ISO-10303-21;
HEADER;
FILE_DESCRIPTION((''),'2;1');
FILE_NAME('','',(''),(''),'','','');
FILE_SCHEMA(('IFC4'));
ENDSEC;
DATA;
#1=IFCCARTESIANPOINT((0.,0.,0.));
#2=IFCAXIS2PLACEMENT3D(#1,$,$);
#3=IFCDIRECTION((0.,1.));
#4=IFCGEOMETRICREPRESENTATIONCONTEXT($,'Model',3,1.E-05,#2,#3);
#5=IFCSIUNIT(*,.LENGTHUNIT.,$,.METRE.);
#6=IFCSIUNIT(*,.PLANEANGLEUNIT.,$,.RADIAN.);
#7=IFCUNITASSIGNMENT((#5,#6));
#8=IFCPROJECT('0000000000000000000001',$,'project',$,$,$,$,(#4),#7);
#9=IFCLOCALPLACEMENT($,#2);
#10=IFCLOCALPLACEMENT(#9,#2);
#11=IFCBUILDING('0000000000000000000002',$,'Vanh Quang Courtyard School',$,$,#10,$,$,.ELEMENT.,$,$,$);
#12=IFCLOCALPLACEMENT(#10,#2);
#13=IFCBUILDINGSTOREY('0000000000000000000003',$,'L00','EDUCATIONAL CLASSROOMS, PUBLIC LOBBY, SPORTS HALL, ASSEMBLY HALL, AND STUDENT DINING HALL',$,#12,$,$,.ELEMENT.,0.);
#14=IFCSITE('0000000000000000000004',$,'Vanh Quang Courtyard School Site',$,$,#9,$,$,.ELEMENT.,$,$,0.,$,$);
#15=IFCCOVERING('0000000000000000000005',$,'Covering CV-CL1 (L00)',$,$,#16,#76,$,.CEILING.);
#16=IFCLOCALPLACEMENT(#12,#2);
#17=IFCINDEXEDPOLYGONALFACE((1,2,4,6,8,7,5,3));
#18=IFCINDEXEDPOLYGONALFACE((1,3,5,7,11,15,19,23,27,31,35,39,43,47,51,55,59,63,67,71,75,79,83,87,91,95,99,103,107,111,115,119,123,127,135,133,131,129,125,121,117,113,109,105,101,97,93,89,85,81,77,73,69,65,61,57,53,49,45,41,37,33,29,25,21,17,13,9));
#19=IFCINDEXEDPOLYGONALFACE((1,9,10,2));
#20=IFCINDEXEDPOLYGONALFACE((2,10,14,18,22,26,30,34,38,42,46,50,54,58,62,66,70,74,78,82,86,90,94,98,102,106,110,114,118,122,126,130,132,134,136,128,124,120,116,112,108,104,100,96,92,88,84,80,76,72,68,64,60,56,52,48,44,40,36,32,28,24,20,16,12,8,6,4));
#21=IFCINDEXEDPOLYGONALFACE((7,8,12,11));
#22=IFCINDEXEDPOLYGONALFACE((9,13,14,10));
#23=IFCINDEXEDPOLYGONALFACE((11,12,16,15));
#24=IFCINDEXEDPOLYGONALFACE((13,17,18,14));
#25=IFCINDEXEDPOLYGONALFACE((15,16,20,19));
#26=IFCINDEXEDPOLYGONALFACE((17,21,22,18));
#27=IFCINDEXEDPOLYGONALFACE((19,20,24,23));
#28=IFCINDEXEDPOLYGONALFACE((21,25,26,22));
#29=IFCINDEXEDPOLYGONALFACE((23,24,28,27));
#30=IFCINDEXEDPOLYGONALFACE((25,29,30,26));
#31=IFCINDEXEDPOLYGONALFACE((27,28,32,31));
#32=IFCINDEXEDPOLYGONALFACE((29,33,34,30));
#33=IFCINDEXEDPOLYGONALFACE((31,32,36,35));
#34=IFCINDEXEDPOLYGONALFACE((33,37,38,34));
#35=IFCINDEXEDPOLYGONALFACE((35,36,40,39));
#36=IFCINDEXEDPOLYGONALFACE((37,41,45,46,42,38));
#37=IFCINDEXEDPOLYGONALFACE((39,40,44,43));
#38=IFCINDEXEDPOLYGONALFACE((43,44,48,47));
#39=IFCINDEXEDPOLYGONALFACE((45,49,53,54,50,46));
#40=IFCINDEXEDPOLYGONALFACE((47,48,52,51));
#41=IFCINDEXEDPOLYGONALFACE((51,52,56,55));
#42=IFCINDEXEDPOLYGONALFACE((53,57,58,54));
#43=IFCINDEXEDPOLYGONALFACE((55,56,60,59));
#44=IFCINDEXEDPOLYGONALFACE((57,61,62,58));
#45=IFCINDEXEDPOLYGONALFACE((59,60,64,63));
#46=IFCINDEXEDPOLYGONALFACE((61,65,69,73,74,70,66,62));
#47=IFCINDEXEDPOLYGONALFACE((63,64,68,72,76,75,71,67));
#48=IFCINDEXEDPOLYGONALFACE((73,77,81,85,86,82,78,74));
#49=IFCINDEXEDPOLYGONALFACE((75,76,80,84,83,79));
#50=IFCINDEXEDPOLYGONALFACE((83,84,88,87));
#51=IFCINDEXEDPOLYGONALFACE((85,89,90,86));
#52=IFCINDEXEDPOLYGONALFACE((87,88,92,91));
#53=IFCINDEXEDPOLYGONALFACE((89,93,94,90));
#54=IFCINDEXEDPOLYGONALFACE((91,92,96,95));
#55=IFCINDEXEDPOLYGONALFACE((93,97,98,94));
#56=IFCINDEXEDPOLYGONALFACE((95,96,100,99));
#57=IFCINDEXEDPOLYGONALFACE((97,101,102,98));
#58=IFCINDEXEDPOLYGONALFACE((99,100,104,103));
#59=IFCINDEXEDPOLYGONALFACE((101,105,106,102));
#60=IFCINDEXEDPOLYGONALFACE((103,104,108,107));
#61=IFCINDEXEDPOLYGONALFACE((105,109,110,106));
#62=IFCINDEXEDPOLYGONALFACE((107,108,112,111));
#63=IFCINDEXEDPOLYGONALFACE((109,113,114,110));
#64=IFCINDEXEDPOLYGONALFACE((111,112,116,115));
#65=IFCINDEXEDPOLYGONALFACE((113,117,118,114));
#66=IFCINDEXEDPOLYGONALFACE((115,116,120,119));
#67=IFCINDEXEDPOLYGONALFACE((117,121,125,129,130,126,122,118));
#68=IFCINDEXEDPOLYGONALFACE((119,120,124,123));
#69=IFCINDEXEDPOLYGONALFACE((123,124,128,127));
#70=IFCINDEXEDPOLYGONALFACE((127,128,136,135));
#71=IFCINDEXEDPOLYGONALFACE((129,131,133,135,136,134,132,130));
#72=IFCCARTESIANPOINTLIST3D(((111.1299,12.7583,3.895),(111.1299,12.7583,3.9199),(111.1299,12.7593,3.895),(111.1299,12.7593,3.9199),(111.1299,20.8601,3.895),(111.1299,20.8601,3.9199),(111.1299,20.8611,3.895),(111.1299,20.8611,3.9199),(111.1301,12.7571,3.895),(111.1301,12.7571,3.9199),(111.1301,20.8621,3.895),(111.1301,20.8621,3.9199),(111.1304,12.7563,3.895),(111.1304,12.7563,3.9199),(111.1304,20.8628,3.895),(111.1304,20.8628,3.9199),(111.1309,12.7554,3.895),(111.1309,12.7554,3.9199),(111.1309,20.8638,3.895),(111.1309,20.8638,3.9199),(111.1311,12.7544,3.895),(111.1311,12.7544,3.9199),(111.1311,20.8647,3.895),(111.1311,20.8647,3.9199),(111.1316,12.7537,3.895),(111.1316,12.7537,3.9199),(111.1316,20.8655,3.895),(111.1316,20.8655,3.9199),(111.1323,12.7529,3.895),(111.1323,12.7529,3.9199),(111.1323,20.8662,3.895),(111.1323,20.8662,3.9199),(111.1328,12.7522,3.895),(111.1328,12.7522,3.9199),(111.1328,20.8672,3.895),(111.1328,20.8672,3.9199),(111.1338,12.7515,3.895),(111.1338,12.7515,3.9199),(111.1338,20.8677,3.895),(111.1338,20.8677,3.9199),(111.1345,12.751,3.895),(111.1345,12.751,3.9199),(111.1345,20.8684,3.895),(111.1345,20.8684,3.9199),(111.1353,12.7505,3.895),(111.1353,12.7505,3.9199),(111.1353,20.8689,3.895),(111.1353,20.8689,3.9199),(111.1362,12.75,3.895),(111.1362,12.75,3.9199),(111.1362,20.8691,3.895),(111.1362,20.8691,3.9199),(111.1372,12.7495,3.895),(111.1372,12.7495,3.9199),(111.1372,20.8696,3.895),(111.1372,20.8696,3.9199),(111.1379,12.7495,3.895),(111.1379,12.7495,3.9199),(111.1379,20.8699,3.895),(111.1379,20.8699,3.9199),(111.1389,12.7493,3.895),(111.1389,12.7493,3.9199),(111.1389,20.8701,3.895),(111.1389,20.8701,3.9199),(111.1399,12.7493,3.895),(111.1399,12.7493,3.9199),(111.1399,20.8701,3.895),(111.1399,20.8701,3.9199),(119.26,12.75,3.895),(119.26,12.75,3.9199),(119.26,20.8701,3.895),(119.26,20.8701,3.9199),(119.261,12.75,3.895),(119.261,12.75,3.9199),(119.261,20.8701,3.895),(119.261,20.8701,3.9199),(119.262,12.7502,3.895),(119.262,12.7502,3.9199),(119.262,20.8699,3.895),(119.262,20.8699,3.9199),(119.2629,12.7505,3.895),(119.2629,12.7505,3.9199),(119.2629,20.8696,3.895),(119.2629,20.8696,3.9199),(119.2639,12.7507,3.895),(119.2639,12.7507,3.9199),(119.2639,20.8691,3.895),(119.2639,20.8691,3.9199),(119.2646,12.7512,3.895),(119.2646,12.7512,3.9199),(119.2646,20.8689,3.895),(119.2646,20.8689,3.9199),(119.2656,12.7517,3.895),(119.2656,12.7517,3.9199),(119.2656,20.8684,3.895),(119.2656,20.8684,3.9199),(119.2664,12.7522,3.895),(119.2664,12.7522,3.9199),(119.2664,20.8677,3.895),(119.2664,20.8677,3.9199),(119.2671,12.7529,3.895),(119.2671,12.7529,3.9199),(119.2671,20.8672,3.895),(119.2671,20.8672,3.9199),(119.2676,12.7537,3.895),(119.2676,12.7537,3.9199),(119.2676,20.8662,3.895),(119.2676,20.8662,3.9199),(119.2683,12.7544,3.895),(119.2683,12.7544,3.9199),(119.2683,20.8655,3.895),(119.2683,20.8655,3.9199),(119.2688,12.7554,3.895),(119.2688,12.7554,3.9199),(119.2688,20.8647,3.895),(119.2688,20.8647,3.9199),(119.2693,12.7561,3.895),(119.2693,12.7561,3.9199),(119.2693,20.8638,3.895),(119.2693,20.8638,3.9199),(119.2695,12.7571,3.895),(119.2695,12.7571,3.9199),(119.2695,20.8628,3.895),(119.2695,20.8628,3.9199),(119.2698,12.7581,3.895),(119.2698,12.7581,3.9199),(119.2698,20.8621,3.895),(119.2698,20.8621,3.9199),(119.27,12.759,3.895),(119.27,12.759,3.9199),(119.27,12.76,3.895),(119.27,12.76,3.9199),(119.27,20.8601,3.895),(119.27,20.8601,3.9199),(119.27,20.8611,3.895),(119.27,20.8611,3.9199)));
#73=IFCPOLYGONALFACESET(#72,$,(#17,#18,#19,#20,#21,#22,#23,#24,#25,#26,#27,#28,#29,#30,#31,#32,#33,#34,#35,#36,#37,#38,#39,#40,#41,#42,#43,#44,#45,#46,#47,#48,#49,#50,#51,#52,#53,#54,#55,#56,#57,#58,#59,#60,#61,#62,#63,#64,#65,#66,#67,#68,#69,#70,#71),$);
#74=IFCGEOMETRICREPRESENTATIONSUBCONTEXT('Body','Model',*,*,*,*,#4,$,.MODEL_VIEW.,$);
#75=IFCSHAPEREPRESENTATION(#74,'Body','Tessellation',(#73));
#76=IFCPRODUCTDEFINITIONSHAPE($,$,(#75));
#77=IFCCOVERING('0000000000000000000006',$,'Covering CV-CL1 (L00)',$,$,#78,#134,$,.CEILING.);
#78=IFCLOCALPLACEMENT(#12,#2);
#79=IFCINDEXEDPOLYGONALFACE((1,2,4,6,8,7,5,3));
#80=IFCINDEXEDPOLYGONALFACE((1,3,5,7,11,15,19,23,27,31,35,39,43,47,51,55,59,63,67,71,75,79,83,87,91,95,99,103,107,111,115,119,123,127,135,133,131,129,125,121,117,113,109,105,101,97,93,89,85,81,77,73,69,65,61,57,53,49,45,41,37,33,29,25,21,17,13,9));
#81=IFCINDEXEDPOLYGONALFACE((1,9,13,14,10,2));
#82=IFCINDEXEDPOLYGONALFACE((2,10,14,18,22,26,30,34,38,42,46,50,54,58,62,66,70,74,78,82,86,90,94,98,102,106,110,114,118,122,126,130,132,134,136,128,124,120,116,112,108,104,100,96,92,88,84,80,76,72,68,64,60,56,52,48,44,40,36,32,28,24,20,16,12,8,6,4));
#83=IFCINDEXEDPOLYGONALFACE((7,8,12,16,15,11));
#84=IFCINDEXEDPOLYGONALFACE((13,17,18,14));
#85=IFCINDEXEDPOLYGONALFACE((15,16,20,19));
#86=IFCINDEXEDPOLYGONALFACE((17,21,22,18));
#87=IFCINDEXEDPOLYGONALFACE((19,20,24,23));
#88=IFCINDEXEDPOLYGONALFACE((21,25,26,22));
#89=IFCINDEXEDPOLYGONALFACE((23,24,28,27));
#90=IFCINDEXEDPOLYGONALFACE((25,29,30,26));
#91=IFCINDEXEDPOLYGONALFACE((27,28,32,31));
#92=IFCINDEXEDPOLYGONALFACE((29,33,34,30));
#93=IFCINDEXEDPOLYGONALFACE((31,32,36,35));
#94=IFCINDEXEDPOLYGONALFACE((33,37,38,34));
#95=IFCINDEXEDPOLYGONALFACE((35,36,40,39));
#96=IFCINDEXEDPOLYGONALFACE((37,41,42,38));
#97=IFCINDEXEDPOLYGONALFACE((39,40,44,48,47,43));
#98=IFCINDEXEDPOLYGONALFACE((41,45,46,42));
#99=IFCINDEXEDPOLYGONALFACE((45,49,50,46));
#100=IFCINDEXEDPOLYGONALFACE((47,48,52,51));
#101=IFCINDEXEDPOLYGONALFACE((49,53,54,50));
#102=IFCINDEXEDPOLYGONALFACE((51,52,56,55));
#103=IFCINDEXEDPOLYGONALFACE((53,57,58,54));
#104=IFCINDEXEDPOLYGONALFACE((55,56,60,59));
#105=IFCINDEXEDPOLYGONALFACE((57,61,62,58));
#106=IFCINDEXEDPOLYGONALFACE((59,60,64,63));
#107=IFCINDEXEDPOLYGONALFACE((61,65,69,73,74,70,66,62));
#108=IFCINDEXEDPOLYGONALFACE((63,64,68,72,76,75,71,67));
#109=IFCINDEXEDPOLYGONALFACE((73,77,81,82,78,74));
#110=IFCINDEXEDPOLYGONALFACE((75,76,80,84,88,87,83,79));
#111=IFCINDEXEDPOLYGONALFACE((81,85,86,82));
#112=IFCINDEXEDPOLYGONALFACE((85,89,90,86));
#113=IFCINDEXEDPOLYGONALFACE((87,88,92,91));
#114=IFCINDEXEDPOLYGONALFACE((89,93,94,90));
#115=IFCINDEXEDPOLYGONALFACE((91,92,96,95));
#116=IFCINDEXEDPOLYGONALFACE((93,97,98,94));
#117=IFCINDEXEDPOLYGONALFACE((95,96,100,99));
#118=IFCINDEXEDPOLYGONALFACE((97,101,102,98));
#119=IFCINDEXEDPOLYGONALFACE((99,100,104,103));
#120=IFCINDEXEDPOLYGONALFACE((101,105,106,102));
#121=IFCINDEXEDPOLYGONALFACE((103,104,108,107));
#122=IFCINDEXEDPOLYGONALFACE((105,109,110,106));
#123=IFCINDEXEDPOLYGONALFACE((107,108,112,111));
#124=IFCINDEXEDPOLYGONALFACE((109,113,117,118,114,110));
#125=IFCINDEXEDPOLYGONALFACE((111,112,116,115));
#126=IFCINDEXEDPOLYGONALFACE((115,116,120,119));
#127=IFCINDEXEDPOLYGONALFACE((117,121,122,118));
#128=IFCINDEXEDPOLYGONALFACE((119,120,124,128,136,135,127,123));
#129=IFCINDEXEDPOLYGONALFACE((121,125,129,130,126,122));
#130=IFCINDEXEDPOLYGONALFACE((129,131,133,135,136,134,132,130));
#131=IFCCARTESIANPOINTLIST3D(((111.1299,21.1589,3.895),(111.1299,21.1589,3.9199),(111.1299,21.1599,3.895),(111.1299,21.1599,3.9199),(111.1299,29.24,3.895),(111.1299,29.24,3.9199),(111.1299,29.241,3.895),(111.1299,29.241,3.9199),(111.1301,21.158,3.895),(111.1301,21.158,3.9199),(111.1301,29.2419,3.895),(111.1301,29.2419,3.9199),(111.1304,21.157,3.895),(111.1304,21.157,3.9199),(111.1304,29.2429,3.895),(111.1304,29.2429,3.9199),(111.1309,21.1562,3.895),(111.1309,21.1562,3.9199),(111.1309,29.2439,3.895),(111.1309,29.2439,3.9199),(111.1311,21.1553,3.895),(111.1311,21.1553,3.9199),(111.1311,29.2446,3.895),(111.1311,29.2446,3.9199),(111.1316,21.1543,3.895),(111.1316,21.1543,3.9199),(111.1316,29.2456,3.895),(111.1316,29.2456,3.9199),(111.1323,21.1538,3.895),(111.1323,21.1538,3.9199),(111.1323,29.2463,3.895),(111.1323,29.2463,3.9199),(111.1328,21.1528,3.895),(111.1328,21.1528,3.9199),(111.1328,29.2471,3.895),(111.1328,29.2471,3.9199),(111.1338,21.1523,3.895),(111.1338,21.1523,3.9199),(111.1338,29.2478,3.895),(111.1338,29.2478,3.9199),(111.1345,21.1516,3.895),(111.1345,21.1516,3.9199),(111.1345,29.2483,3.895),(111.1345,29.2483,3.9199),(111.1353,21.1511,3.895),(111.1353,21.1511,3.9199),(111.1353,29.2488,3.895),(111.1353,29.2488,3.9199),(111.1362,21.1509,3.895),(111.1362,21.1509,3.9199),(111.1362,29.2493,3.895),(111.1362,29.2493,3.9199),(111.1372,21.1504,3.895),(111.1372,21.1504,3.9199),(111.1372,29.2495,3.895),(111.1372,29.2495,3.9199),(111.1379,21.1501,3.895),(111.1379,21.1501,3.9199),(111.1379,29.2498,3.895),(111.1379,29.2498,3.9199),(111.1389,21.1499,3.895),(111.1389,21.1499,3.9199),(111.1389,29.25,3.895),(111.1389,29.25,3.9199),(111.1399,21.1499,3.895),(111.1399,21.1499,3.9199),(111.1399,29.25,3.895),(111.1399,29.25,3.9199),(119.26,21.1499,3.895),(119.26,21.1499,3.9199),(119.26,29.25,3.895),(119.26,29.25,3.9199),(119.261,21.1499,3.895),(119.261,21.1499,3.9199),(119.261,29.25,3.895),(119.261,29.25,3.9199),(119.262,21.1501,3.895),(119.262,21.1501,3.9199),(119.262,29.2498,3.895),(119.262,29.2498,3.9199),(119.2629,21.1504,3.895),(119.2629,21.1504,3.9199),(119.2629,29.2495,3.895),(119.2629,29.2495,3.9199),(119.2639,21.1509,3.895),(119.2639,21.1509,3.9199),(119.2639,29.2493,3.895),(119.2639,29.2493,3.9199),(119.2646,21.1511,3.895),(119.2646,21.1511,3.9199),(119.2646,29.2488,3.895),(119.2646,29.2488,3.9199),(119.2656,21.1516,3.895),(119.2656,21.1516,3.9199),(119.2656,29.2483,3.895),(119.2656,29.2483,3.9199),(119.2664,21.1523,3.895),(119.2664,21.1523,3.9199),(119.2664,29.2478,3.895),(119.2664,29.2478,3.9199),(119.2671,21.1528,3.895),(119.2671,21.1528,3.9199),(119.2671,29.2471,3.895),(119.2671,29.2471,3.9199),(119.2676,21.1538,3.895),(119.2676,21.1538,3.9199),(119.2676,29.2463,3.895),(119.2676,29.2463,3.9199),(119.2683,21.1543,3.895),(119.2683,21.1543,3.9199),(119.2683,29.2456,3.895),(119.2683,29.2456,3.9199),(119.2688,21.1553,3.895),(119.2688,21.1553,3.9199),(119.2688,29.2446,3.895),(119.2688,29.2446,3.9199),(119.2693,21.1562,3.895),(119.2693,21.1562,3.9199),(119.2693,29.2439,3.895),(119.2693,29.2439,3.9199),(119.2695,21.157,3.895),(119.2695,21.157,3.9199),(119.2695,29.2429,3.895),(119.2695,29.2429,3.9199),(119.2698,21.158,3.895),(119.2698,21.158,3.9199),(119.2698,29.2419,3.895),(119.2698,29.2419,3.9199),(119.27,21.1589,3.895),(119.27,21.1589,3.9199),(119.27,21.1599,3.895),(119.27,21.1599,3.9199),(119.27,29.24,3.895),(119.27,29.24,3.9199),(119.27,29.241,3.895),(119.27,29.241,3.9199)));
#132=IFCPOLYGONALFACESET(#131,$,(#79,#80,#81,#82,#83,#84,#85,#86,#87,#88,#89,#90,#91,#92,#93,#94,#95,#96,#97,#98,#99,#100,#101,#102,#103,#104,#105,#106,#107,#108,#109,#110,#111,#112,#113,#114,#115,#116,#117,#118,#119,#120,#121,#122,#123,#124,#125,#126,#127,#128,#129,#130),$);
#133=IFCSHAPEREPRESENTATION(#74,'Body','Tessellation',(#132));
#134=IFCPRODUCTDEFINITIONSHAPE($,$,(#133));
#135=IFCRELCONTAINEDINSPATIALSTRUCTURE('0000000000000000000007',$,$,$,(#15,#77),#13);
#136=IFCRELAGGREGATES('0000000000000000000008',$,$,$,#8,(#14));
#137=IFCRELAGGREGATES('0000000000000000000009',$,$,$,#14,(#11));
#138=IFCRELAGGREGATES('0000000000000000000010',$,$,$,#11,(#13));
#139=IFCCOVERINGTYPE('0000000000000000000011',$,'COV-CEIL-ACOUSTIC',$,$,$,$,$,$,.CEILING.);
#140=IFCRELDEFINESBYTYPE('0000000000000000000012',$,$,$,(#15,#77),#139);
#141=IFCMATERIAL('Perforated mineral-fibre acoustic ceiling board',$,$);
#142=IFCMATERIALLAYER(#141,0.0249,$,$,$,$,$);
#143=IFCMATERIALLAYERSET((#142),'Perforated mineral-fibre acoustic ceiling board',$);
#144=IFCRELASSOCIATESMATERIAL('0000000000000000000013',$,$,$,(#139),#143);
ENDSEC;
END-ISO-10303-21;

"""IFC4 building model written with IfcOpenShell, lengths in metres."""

from ifc_helpers import new_model, si_unit, direction, frame, origin, place, context, subcontext, project, spatial, polyline, outline, extrude, material, layer, layer_set, type_object, element, save


model = new_model("IFC4")

# Units and contexts
model_context = context("Model", 3, precision=1e-05, world=origin(), true_north=direction((0.0, 1.0)))
body_context = subcontext(model_context, "Body", "Model", "MODEL_VIEW")
ifc_project = project(units=[si_unit("LENGTHUNIT", "METRE"), si_unit("PLANEANGLEUNIT", "RADIAN")], contexts=[model_context])

# Site, building, storey
site_placement = place(None, origin())
site = spatial("IfcSite", under=ifc_project, at=site_placement, Name="Vanh Quang Courtyard School Site", CompositionType="ELEMENT", RefElevation=0.0)
building_placement = place(site_placement, origin())
building = spatial("IfcBuilding", under=site, at=building_placement, Name="Vanh Quang Courtyard School", CompositionType="ELEMENT")
storey_placement = place(building_placement, origin())
storey = spatial("IfcBuildingStorey", under=building, at=storey_placement, Name="L00", Description="EDUCATIONAL CLASSROOMS, PUBLIC LOBBY, SPORTS HALL, ASSEMBLY HALL, AND STUDENT DINING HALL", CompositionType="ELEMENT", Elevation=0.0)

# Coverings
ifc_material_1 = material(Name="Perforated mineral-fibre acoustic ceiling board")
ifc_layer_1 = layer(ifc_material_1, 0.0249)
ifc_layer_set_1 = layer_set([ifc_layer_1], Name="Perforated mineral-fibre acoustic ceiling board")
covering_type = type_object("IfcCoveringType", Name="COV-CEIL-ACOUSTIC", PredefinedType="CEILING", material=ifc_layer_set_1)
covering_1_placement = place(storey_placement, frame((0.0, 0.0, 3.895)))
element("IfcCovering", 1, at=covering_1_placement, inside=storey, type_object=covering_type, Name="Covering CV-CL1 (L00)", PredefinedType="CEILING", context=body_context, shape_type="SweptSolid", body=[
    extrude(outline(polyline([(111.1399, 12.7493), (111.1389, 12.7493), (111.1379, 12.7495), (111.1372, 12.7495), (111.1362, 12.75), (111.1353, 12.7505), (111.1345, 12.751), (111.1338, 12.7515), (111.1328, 12.7522), (111.1323, 12.7529), (111.1316, 12.7537), (111.1311, 12.7544), (111.1309, 12.7554), (111.1304, 12.7563), (111.1301, 12.7571), (111.1299, 12.7583), (111.1299, 12.7593), (111.1299, 20.8601), (111.1299, 20.8611), (111.1301, 20.8621), (111.1304, 20.8628), (111.1309, 20.8638), (111.1311, 20.8647), (111.1316, 20.8655), (111.1323, 20.8662), (111.1328, 20.8672), (111.1338, 20.8677), (111.1345, 20.8684), (111.1353, 20.8689), (111.1362, 20.8691), (111.1372, 20.8696), (111.1379, 20.8699), (111.1389, 20.8701), (111.1399, 20.8701), (119.26, 20.8701), (119.261, 20.8701), (119.262, 20.8699), (119.2629, 20.8696), (119.2639, 20.8691), (119.2646, 20.8689), (119.2656, 20.8684), (119.2664, 20.8677), (119.2671, 20.8672), (119.2676, 20.8662), (119.2683, 20.8655), (119.2688, 20.8647), (119.2693, 20.8638), (119.2695, 20.8628), (119.2698, 20.8621), (119.27, 20.8611), (119.27, 20.8601), (119.27, 12.76), (119.27, 12.759), (119.2698, 12.7581), (119.2695, 12.7571), (119.2693, 12.7561), (119.2688, 12.7554), (119.2683, 12.7544), (119.2676, 12.7537), (119.2671, 12.7529), (119.2664, 12.7522), (119.2656, 12.7517), (119.2646, 12.7512), (119.2639, 12.7507), (119.2629, 12.7505), (119.262, 12.7502), (119.261, 12.75), (119.26, 12.75), (111.1399, 12.7493)])), origin(), (0.0, 0.0, 1.0), 0.0249),
])
covering_2_placement = place(storey_placement, frame((0.0, 0.0, 3.895)))
element("IfcCovering", 2, at=covering_2_placement, inside=storey, type_object=covering_type, Name="Covering CV-CL1 (L00)", PredefinedType="CEILING", context=body_context, shape_type="SweptSolid", body=[
    extrude(outline(polyline([(111.1399, 21.1499), (111.1389, 21.1499), (111.1379, 21.1501), (111.1372, 21.1504), (111.1362, 21.1509), (111.1353, 21.1511), (111.1345, 21.1516), (111.1338, 21.1523), (111.1328, 21.1528), (111.1323, 21.1538), (111.1316, 21.1543), (111.1311, 21.1553), (111.1309, 21.1562), (111.1304, 21.157), (111.1301, 21.158), (111.1299, 21.1589), (111.1299, 21.1599), (111.1299, 29.24), (111.1299, 29.241), (111.1301, 29.2419), (111.1304, 29.2429), (111.1309, 29.2439), (111.1311, 29.2446), (111.1316, 29.2456), (111.1323, 29.2463), (111.1328, 29.2471), (111.1338, 29.2478), (111.1345, 29.2483), (111.1353, 29.2488), (111.1362, 29.2493), (111.1372, 29.2495), (111.1379, 29.2498), (111.1389, 29.25), (111.1399, 29.25), (119.26, 29.25), (119.261, 29.25), (119.262, 29.2498), (119.2629, 29.2495), (119.2639, 29.2493), (119.2646, 29.2488), (119.2656, 29.2483), (119.2664, 29.2478), (119.2671, 29.2471), (119.2676, 29.2463), (119.2683, 29.2456), (119.2688, 29.2446), (119.2693, 29.2439), (119.2695, 29.2429), (119.2698, 29.2419), (119.27, 29.241), (119.27, 29.24), (119.27, 21.1599), (119.27, 21.1589), (119.2698, 21.158), (119.2695, 21.157), (119.2693, 21.1562), (119.2688, 21.1553), (119.2683, 21.1543), (119.2676, 21.1538), (119.2671, 21.1528), (119.2664, 21.1523), (119.2656, 21.1516), (119.2646, 21.1511), (119.2639, 21.1509), (119.2629, 21.1504), (119.262, 21.1501), (119.261, 21.1499), (119.26, 21.1499), (111.1399, 21.1499)])), origin(), (0.0, 0.0, 1.0), 0.0249),
])

save(model, "model.ifc")
